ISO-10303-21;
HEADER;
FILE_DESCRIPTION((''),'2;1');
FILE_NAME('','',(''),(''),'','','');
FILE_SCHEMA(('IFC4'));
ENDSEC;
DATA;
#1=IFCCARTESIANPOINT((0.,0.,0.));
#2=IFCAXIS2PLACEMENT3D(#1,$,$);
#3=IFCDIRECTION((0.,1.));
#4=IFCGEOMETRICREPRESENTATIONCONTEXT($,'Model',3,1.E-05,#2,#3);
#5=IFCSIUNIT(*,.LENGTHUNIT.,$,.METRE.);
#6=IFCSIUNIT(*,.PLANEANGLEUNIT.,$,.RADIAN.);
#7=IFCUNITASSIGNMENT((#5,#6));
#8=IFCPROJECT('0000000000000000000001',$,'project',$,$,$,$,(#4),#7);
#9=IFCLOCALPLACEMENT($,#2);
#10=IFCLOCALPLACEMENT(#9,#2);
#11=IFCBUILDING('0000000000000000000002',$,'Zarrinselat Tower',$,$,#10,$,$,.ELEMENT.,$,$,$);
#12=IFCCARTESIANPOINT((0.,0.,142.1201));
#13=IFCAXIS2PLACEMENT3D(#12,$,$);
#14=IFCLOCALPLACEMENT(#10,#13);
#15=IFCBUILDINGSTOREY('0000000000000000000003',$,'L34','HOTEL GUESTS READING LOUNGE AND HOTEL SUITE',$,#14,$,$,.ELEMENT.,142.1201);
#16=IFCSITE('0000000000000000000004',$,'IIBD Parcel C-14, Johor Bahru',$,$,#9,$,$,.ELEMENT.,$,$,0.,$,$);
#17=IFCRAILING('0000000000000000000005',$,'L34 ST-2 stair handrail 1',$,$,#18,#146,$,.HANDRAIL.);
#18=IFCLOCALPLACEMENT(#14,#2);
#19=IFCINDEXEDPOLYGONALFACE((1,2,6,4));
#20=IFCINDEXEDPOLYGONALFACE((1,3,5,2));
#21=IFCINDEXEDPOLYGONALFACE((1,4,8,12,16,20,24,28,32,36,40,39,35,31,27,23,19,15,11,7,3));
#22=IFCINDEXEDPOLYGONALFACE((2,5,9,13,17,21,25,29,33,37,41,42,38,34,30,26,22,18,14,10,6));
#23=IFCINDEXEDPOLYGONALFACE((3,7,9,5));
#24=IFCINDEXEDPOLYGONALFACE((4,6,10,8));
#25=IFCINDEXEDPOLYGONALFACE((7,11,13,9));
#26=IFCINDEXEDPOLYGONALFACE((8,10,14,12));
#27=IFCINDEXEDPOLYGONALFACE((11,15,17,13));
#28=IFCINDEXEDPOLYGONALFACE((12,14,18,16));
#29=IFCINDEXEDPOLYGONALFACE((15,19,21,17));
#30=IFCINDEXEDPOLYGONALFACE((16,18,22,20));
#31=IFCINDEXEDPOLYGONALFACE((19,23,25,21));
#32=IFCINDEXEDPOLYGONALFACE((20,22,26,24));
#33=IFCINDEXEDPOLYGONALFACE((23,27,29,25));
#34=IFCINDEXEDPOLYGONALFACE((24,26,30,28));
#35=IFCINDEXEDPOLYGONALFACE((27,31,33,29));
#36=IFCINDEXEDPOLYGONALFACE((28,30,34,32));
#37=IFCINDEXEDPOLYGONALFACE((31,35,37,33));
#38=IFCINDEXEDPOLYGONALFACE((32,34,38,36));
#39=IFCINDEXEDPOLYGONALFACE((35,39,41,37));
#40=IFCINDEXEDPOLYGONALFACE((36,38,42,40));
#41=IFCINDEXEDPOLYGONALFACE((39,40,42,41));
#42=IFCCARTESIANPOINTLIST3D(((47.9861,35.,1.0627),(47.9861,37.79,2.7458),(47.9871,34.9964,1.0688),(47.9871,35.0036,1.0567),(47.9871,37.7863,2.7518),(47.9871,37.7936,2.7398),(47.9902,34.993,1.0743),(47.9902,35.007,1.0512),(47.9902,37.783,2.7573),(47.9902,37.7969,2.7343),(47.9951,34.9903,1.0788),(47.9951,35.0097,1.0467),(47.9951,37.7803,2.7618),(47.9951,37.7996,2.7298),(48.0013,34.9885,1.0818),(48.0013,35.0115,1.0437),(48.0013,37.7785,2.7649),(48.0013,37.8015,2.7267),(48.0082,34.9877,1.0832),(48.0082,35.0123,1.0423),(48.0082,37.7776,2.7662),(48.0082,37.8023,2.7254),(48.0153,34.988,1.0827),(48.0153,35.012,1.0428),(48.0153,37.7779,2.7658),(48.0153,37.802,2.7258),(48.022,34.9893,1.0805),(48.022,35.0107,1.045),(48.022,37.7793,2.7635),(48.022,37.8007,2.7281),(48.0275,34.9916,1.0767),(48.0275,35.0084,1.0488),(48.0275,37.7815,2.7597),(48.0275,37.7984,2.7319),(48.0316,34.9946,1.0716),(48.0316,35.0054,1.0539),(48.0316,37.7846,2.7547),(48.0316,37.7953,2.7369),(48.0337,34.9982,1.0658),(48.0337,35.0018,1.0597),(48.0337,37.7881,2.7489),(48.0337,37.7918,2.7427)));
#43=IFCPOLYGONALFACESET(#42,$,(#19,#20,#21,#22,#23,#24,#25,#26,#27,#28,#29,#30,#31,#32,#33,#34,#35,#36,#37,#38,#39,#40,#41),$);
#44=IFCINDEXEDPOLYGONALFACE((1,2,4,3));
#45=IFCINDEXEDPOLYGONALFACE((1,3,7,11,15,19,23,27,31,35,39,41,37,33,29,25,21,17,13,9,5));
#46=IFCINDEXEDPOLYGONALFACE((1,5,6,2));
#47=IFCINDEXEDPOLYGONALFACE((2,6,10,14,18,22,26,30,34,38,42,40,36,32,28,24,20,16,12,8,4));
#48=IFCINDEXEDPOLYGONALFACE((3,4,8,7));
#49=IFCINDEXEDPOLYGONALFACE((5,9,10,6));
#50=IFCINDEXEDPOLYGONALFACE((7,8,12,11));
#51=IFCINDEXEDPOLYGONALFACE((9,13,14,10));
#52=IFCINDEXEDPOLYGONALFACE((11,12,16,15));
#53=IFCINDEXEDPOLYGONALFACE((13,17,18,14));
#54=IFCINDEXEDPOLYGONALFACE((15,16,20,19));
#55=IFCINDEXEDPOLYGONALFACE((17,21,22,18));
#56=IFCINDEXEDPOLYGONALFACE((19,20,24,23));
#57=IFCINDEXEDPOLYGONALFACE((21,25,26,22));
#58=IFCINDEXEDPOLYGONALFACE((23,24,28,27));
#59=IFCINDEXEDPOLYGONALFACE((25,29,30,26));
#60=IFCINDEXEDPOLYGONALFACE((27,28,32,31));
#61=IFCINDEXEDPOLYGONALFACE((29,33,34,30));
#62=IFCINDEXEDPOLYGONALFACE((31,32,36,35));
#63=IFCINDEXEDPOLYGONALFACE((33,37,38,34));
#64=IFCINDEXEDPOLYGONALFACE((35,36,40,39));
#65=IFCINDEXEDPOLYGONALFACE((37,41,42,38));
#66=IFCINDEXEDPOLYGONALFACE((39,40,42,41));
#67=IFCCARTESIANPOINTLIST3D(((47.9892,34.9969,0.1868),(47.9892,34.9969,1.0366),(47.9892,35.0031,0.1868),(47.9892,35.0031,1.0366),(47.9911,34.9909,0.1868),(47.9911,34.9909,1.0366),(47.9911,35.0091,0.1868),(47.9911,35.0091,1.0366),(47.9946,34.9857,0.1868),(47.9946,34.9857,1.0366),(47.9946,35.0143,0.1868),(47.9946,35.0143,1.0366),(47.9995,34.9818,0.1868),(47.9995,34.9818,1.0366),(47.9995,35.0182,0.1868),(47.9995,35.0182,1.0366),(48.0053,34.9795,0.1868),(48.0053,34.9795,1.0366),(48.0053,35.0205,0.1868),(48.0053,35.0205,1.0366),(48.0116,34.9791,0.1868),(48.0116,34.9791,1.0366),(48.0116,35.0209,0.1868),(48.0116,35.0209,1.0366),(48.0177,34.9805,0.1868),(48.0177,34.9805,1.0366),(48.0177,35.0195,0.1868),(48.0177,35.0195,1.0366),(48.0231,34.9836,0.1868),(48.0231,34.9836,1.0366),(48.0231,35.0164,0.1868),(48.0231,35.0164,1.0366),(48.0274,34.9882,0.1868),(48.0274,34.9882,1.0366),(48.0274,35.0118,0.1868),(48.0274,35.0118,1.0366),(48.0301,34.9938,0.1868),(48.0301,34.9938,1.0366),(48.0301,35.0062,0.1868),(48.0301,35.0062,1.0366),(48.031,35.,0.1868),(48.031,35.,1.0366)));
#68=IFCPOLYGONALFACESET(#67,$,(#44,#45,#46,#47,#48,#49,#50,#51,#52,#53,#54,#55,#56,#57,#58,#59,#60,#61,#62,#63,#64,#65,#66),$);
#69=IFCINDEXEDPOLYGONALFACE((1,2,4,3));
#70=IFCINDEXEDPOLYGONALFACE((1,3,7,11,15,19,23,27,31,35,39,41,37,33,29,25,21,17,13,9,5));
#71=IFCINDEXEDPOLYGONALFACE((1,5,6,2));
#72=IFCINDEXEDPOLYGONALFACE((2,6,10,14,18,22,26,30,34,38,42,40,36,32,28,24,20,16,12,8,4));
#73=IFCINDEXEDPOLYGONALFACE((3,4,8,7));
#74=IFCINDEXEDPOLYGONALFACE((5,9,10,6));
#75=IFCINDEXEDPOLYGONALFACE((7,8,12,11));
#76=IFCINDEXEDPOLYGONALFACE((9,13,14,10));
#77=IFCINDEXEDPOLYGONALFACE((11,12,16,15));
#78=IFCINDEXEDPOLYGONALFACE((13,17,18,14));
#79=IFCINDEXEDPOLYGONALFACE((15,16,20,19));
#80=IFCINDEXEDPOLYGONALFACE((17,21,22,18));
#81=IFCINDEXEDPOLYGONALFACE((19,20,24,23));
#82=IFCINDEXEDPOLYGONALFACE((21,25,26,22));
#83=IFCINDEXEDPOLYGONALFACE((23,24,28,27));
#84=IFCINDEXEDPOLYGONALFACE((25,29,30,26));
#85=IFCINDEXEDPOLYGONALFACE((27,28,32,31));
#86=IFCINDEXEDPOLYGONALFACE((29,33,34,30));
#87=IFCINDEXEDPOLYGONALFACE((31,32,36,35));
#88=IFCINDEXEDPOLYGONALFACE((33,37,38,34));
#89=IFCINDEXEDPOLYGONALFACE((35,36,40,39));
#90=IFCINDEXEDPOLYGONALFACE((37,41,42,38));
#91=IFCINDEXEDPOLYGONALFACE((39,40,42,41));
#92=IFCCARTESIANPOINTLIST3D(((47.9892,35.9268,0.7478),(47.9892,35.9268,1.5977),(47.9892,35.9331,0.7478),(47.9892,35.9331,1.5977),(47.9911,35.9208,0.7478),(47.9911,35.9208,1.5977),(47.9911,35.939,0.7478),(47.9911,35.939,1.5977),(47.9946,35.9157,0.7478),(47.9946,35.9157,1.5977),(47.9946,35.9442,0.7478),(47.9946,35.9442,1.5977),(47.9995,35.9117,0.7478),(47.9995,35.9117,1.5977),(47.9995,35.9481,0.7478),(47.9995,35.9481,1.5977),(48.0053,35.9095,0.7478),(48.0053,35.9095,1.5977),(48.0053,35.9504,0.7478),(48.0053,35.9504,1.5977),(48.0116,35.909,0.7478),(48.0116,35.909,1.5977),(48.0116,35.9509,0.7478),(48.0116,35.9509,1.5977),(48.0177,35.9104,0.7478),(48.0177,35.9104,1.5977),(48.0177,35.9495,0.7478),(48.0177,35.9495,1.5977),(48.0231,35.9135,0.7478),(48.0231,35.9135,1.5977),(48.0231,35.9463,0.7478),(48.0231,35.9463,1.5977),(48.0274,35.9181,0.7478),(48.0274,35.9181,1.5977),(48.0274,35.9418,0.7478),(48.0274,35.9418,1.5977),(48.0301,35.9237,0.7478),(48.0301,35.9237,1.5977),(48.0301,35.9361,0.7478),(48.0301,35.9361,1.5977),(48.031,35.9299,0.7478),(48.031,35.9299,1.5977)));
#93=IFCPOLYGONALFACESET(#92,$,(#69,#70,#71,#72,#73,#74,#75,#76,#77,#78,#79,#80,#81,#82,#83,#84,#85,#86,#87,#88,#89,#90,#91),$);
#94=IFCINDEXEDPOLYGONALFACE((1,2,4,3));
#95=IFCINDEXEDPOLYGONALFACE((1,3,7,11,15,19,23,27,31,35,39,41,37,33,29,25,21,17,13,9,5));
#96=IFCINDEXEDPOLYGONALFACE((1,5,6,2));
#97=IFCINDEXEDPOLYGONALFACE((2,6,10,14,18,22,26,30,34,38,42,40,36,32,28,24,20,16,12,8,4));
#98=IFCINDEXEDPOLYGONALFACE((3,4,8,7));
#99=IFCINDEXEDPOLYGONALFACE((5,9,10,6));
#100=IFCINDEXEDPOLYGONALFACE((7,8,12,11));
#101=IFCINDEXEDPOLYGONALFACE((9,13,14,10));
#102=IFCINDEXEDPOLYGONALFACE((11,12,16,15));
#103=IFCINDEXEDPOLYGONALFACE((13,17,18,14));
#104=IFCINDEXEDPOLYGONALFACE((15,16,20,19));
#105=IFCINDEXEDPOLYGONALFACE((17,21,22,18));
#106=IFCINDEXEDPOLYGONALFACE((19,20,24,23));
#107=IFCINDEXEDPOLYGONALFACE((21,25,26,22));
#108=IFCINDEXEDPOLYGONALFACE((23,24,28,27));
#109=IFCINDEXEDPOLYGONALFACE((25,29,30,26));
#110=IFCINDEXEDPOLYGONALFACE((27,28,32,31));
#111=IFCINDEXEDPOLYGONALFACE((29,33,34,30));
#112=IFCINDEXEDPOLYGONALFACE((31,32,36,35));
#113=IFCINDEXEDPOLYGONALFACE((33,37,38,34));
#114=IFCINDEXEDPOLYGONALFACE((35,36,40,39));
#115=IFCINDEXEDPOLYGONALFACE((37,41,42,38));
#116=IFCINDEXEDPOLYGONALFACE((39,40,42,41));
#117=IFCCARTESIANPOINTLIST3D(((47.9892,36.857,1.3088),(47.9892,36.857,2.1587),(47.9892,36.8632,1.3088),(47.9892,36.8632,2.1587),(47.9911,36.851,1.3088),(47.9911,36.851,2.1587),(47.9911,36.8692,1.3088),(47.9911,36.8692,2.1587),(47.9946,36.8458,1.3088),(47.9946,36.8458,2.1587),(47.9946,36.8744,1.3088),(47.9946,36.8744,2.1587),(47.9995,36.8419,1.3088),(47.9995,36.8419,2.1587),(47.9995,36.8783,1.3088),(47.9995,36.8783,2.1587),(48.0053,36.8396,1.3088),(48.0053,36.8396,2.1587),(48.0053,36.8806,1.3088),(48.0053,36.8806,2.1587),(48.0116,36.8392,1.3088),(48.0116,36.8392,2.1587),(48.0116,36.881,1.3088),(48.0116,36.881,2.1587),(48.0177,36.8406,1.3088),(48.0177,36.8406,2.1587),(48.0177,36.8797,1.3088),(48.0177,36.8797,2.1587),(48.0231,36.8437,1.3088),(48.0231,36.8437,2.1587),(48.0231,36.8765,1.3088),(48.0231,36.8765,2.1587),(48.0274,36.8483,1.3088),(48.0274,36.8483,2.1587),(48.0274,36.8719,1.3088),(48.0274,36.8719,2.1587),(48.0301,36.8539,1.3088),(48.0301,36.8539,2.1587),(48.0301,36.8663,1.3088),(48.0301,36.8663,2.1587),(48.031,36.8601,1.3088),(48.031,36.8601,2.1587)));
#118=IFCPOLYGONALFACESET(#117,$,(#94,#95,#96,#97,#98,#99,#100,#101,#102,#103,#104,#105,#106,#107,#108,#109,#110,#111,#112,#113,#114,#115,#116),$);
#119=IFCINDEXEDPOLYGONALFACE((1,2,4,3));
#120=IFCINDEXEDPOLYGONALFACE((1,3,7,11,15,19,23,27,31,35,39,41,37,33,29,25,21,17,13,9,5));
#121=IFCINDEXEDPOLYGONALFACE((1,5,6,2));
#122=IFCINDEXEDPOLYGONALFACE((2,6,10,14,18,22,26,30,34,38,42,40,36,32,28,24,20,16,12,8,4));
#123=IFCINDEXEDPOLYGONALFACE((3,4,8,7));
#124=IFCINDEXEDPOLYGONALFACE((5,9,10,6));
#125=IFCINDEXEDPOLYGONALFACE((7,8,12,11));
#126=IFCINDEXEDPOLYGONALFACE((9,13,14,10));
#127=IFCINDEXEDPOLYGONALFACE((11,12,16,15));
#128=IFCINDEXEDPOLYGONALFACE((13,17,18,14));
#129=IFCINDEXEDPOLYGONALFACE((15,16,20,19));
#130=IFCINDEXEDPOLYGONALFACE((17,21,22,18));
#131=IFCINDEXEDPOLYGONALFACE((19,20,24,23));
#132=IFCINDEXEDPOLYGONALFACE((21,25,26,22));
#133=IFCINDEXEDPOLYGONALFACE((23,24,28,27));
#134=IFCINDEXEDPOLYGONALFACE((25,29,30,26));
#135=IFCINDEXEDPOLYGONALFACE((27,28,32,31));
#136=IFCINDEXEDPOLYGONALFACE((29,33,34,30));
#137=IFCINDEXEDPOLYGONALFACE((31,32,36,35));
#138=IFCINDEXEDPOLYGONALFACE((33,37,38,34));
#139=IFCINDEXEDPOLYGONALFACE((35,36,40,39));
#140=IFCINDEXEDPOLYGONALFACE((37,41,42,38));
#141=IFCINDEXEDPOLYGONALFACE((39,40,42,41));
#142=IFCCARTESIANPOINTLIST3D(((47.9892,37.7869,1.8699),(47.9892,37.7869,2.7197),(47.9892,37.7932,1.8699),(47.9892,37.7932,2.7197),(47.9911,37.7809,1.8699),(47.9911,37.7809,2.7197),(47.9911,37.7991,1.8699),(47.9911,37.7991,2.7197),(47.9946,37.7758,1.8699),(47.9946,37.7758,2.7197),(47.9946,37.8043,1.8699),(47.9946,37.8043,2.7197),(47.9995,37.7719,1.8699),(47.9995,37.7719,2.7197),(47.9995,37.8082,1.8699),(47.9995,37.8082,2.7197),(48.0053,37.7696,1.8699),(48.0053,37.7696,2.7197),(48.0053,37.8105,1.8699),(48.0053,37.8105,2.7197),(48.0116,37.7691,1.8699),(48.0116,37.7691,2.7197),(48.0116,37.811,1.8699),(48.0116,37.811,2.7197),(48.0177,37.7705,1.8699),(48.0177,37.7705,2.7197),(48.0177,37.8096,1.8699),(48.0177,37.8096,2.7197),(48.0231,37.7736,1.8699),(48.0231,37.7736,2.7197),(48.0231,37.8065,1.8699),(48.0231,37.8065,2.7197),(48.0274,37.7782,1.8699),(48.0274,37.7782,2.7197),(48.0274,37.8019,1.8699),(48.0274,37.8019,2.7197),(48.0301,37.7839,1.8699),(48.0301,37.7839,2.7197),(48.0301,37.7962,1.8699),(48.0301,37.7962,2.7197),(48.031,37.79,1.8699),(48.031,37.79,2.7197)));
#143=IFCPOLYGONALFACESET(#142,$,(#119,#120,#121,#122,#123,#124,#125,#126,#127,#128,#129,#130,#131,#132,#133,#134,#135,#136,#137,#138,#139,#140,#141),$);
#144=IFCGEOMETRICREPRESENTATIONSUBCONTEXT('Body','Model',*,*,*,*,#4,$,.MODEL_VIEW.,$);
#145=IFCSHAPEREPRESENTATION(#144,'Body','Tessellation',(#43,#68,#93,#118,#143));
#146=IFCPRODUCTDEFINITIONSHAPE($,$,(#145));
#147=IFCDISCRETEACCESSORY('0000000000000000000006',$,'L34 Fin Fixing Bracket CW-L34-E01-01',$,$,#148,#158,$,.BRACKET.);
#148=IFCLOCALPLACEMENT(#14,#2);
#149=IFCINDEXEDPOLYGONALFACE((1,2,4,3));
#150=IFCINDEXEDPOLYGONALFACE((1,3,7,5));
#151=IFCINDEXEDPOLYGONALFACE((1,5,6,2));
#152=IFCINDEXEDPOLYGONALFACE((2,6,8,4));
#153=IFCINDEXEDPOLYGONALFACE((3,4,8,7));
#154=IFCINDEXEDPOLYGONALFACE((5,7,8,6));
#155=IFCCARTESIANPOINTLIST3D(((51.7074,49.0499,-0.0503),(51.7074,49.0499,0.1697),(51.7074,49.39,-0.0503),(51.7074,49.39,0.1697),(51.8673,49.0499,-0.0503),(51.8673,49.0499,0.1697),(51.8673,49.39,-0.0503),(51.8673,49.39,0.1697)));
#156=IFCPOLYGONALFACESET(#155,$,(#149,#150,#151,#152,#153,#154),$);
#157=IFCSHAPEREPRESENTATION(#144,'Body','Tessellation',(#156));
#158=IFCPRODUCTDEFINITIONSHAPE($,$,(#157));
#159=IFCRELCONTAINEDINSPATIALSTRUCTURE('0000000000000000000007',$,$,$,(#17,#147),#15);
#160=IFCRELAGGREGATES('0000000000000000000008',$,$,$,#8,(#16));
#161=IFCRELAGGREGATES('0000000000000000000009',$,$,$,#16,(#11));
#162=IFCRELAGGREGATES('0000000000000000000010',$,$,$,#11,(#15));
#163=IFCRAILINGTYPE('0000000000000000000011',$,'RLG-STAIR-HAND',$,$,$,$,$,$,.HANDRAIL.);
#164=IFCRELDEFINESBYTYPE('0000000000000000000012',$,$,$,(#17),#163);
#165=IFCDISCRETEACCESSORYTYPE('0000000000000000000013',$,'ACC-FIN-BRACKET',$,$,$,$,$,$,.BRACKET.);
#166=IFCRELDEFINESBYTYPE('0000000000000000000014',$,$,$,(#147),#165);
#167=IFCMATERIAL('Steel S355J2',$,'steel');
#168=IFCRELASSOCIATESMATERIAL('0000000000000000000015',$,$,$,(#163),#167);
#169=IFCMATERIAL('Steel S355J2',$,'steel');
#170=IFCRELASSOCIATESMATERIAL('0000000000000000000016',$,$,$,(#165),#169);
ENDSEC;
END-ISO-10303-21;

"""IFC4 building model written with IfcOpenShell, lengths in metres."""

from ifc_helpers import new_model, si_unit, direction, frame, origin, origin_2d, place, context, subcontext, project, spatial, rectangle, circle, extrude, material, type_object, element, save


model = new_model("IFC4")

# Units and contexts
model_context = context("Model", 3, precision=1e-05, world=origin(), true_north=direction((0.0, 1.0)))
body_context = subcontext(model_context, "Body", "Model", "MODEL_VIEW")
ifc_project = project(units=[si_unit("LENGTHUNIT", "METRE"), si_unit("PLANEANGLEUNIT", "RADIAN")], contexts=[model_context])

# Site, building, storey
site_placement = place(None, origin())
site = spatial("IfcSite", under=ifc_project, at=site_placement, Name="IIBD Parcel C-14, Johor Bahru", CompositionType="ELEMENT", RefElevation=0.0)
building_placement = place(site_placement, origin())
building = spatial("IfcBuilding", under=site, at=building_placement, Name="Zarrinselat Tower", CompositionType="ELEMENT")
storey_placement = place(building_placement, frame((0.0, 0.0, 142.1201)))
storey = spatial("IfcBuildingStorey", under=building, at=storey_placement, Name="L34", Description="HOTEL GUESTS READING LOUNGE AND HOTEL SUITE", CompositionType="ELEMENT", Elevation=142.1201)

# Railing
ifc_material_1 = material(Name="Steel S355J2", Category="steel")
railing_type = type_object("IfcRailingType", Name="RLG-STAIR-HAND", PredefinedType="HANDRAIL", material=ifc_material_1)
railing_placement = place(storey_placement, frame((48.01, 35.0, 0.1868)))
element("IfcRailing", 1, at=railing_placement, inside=storey, type_object=railing_type, Name="L34 ST-2 stair handrail 1", PredefinedType="HANDRAIL", context=body_context, shape_type="SweptSolid", body=[
    extrude(circle(Radius=0.0239, at=origin_2d()), frame((0.0, 0.0, 0.876), z_axis=(0.0, 0.856261, 0.516544), x_axis=(-1.0, 0.0, 0.0)), (0.0, 0.0, 1.0), 3.2583),
    extrude(circle(Radius=0.021, at=origin_2d()), origin(), (0.0, 0.0, 1.0), 0.8499),
    extrude(circle(Radius=0.021, at=origin_2d()), frame((0.0, 0.9299, 0.561)), (0.0, 0.0, 1.0), 0.8499),
    extrude(circle(Radius=0.021, at=origin_2d()), frame((0.0, 1.8601, 1.1221)), (0.0, 0.0, 1.0), 0.8499),
    extrude(circle(Radius=0.021, at=origin_2d()), frame((0.0, 2.79, 1.6831)), (0.0, 0.0, 1.0), 0.8499),
])

# Discrete accessory
ifc_material_2 = material(Name="Steel S355J2", Category="steel")
discrete_accessory_type = type_object("IfcDiscreteAccessoryType", Name="ACC-FIN-BRACKET", PredefinedType="BRACKET", material=ifc_material_2)
discrete_accessory_placement = place(storey_placement, frame((51.7874, 49.22, -0.0503), z_axis=(0.0, 0.0, 1.0), x_axis=(0.0, 1.0, 0.0)))
element("IfcDiscreteAccessory", 2, at=discrete_accessory_placement, inside=storey, type_object=discrete_accessory_type, Name="L34 Fin Fixing Bracket CW-L34-E01-01", PredefinedType="BRACKET", context=body_context, shape_type="SweptSolid", body=[
    extrude(rectangle(XDim=0.3401, YDim=0.1599, at=origin_2d()), origin(), (0.0, 0.0, 1.0), 0.22),
])

save(model, "model.ifc")
